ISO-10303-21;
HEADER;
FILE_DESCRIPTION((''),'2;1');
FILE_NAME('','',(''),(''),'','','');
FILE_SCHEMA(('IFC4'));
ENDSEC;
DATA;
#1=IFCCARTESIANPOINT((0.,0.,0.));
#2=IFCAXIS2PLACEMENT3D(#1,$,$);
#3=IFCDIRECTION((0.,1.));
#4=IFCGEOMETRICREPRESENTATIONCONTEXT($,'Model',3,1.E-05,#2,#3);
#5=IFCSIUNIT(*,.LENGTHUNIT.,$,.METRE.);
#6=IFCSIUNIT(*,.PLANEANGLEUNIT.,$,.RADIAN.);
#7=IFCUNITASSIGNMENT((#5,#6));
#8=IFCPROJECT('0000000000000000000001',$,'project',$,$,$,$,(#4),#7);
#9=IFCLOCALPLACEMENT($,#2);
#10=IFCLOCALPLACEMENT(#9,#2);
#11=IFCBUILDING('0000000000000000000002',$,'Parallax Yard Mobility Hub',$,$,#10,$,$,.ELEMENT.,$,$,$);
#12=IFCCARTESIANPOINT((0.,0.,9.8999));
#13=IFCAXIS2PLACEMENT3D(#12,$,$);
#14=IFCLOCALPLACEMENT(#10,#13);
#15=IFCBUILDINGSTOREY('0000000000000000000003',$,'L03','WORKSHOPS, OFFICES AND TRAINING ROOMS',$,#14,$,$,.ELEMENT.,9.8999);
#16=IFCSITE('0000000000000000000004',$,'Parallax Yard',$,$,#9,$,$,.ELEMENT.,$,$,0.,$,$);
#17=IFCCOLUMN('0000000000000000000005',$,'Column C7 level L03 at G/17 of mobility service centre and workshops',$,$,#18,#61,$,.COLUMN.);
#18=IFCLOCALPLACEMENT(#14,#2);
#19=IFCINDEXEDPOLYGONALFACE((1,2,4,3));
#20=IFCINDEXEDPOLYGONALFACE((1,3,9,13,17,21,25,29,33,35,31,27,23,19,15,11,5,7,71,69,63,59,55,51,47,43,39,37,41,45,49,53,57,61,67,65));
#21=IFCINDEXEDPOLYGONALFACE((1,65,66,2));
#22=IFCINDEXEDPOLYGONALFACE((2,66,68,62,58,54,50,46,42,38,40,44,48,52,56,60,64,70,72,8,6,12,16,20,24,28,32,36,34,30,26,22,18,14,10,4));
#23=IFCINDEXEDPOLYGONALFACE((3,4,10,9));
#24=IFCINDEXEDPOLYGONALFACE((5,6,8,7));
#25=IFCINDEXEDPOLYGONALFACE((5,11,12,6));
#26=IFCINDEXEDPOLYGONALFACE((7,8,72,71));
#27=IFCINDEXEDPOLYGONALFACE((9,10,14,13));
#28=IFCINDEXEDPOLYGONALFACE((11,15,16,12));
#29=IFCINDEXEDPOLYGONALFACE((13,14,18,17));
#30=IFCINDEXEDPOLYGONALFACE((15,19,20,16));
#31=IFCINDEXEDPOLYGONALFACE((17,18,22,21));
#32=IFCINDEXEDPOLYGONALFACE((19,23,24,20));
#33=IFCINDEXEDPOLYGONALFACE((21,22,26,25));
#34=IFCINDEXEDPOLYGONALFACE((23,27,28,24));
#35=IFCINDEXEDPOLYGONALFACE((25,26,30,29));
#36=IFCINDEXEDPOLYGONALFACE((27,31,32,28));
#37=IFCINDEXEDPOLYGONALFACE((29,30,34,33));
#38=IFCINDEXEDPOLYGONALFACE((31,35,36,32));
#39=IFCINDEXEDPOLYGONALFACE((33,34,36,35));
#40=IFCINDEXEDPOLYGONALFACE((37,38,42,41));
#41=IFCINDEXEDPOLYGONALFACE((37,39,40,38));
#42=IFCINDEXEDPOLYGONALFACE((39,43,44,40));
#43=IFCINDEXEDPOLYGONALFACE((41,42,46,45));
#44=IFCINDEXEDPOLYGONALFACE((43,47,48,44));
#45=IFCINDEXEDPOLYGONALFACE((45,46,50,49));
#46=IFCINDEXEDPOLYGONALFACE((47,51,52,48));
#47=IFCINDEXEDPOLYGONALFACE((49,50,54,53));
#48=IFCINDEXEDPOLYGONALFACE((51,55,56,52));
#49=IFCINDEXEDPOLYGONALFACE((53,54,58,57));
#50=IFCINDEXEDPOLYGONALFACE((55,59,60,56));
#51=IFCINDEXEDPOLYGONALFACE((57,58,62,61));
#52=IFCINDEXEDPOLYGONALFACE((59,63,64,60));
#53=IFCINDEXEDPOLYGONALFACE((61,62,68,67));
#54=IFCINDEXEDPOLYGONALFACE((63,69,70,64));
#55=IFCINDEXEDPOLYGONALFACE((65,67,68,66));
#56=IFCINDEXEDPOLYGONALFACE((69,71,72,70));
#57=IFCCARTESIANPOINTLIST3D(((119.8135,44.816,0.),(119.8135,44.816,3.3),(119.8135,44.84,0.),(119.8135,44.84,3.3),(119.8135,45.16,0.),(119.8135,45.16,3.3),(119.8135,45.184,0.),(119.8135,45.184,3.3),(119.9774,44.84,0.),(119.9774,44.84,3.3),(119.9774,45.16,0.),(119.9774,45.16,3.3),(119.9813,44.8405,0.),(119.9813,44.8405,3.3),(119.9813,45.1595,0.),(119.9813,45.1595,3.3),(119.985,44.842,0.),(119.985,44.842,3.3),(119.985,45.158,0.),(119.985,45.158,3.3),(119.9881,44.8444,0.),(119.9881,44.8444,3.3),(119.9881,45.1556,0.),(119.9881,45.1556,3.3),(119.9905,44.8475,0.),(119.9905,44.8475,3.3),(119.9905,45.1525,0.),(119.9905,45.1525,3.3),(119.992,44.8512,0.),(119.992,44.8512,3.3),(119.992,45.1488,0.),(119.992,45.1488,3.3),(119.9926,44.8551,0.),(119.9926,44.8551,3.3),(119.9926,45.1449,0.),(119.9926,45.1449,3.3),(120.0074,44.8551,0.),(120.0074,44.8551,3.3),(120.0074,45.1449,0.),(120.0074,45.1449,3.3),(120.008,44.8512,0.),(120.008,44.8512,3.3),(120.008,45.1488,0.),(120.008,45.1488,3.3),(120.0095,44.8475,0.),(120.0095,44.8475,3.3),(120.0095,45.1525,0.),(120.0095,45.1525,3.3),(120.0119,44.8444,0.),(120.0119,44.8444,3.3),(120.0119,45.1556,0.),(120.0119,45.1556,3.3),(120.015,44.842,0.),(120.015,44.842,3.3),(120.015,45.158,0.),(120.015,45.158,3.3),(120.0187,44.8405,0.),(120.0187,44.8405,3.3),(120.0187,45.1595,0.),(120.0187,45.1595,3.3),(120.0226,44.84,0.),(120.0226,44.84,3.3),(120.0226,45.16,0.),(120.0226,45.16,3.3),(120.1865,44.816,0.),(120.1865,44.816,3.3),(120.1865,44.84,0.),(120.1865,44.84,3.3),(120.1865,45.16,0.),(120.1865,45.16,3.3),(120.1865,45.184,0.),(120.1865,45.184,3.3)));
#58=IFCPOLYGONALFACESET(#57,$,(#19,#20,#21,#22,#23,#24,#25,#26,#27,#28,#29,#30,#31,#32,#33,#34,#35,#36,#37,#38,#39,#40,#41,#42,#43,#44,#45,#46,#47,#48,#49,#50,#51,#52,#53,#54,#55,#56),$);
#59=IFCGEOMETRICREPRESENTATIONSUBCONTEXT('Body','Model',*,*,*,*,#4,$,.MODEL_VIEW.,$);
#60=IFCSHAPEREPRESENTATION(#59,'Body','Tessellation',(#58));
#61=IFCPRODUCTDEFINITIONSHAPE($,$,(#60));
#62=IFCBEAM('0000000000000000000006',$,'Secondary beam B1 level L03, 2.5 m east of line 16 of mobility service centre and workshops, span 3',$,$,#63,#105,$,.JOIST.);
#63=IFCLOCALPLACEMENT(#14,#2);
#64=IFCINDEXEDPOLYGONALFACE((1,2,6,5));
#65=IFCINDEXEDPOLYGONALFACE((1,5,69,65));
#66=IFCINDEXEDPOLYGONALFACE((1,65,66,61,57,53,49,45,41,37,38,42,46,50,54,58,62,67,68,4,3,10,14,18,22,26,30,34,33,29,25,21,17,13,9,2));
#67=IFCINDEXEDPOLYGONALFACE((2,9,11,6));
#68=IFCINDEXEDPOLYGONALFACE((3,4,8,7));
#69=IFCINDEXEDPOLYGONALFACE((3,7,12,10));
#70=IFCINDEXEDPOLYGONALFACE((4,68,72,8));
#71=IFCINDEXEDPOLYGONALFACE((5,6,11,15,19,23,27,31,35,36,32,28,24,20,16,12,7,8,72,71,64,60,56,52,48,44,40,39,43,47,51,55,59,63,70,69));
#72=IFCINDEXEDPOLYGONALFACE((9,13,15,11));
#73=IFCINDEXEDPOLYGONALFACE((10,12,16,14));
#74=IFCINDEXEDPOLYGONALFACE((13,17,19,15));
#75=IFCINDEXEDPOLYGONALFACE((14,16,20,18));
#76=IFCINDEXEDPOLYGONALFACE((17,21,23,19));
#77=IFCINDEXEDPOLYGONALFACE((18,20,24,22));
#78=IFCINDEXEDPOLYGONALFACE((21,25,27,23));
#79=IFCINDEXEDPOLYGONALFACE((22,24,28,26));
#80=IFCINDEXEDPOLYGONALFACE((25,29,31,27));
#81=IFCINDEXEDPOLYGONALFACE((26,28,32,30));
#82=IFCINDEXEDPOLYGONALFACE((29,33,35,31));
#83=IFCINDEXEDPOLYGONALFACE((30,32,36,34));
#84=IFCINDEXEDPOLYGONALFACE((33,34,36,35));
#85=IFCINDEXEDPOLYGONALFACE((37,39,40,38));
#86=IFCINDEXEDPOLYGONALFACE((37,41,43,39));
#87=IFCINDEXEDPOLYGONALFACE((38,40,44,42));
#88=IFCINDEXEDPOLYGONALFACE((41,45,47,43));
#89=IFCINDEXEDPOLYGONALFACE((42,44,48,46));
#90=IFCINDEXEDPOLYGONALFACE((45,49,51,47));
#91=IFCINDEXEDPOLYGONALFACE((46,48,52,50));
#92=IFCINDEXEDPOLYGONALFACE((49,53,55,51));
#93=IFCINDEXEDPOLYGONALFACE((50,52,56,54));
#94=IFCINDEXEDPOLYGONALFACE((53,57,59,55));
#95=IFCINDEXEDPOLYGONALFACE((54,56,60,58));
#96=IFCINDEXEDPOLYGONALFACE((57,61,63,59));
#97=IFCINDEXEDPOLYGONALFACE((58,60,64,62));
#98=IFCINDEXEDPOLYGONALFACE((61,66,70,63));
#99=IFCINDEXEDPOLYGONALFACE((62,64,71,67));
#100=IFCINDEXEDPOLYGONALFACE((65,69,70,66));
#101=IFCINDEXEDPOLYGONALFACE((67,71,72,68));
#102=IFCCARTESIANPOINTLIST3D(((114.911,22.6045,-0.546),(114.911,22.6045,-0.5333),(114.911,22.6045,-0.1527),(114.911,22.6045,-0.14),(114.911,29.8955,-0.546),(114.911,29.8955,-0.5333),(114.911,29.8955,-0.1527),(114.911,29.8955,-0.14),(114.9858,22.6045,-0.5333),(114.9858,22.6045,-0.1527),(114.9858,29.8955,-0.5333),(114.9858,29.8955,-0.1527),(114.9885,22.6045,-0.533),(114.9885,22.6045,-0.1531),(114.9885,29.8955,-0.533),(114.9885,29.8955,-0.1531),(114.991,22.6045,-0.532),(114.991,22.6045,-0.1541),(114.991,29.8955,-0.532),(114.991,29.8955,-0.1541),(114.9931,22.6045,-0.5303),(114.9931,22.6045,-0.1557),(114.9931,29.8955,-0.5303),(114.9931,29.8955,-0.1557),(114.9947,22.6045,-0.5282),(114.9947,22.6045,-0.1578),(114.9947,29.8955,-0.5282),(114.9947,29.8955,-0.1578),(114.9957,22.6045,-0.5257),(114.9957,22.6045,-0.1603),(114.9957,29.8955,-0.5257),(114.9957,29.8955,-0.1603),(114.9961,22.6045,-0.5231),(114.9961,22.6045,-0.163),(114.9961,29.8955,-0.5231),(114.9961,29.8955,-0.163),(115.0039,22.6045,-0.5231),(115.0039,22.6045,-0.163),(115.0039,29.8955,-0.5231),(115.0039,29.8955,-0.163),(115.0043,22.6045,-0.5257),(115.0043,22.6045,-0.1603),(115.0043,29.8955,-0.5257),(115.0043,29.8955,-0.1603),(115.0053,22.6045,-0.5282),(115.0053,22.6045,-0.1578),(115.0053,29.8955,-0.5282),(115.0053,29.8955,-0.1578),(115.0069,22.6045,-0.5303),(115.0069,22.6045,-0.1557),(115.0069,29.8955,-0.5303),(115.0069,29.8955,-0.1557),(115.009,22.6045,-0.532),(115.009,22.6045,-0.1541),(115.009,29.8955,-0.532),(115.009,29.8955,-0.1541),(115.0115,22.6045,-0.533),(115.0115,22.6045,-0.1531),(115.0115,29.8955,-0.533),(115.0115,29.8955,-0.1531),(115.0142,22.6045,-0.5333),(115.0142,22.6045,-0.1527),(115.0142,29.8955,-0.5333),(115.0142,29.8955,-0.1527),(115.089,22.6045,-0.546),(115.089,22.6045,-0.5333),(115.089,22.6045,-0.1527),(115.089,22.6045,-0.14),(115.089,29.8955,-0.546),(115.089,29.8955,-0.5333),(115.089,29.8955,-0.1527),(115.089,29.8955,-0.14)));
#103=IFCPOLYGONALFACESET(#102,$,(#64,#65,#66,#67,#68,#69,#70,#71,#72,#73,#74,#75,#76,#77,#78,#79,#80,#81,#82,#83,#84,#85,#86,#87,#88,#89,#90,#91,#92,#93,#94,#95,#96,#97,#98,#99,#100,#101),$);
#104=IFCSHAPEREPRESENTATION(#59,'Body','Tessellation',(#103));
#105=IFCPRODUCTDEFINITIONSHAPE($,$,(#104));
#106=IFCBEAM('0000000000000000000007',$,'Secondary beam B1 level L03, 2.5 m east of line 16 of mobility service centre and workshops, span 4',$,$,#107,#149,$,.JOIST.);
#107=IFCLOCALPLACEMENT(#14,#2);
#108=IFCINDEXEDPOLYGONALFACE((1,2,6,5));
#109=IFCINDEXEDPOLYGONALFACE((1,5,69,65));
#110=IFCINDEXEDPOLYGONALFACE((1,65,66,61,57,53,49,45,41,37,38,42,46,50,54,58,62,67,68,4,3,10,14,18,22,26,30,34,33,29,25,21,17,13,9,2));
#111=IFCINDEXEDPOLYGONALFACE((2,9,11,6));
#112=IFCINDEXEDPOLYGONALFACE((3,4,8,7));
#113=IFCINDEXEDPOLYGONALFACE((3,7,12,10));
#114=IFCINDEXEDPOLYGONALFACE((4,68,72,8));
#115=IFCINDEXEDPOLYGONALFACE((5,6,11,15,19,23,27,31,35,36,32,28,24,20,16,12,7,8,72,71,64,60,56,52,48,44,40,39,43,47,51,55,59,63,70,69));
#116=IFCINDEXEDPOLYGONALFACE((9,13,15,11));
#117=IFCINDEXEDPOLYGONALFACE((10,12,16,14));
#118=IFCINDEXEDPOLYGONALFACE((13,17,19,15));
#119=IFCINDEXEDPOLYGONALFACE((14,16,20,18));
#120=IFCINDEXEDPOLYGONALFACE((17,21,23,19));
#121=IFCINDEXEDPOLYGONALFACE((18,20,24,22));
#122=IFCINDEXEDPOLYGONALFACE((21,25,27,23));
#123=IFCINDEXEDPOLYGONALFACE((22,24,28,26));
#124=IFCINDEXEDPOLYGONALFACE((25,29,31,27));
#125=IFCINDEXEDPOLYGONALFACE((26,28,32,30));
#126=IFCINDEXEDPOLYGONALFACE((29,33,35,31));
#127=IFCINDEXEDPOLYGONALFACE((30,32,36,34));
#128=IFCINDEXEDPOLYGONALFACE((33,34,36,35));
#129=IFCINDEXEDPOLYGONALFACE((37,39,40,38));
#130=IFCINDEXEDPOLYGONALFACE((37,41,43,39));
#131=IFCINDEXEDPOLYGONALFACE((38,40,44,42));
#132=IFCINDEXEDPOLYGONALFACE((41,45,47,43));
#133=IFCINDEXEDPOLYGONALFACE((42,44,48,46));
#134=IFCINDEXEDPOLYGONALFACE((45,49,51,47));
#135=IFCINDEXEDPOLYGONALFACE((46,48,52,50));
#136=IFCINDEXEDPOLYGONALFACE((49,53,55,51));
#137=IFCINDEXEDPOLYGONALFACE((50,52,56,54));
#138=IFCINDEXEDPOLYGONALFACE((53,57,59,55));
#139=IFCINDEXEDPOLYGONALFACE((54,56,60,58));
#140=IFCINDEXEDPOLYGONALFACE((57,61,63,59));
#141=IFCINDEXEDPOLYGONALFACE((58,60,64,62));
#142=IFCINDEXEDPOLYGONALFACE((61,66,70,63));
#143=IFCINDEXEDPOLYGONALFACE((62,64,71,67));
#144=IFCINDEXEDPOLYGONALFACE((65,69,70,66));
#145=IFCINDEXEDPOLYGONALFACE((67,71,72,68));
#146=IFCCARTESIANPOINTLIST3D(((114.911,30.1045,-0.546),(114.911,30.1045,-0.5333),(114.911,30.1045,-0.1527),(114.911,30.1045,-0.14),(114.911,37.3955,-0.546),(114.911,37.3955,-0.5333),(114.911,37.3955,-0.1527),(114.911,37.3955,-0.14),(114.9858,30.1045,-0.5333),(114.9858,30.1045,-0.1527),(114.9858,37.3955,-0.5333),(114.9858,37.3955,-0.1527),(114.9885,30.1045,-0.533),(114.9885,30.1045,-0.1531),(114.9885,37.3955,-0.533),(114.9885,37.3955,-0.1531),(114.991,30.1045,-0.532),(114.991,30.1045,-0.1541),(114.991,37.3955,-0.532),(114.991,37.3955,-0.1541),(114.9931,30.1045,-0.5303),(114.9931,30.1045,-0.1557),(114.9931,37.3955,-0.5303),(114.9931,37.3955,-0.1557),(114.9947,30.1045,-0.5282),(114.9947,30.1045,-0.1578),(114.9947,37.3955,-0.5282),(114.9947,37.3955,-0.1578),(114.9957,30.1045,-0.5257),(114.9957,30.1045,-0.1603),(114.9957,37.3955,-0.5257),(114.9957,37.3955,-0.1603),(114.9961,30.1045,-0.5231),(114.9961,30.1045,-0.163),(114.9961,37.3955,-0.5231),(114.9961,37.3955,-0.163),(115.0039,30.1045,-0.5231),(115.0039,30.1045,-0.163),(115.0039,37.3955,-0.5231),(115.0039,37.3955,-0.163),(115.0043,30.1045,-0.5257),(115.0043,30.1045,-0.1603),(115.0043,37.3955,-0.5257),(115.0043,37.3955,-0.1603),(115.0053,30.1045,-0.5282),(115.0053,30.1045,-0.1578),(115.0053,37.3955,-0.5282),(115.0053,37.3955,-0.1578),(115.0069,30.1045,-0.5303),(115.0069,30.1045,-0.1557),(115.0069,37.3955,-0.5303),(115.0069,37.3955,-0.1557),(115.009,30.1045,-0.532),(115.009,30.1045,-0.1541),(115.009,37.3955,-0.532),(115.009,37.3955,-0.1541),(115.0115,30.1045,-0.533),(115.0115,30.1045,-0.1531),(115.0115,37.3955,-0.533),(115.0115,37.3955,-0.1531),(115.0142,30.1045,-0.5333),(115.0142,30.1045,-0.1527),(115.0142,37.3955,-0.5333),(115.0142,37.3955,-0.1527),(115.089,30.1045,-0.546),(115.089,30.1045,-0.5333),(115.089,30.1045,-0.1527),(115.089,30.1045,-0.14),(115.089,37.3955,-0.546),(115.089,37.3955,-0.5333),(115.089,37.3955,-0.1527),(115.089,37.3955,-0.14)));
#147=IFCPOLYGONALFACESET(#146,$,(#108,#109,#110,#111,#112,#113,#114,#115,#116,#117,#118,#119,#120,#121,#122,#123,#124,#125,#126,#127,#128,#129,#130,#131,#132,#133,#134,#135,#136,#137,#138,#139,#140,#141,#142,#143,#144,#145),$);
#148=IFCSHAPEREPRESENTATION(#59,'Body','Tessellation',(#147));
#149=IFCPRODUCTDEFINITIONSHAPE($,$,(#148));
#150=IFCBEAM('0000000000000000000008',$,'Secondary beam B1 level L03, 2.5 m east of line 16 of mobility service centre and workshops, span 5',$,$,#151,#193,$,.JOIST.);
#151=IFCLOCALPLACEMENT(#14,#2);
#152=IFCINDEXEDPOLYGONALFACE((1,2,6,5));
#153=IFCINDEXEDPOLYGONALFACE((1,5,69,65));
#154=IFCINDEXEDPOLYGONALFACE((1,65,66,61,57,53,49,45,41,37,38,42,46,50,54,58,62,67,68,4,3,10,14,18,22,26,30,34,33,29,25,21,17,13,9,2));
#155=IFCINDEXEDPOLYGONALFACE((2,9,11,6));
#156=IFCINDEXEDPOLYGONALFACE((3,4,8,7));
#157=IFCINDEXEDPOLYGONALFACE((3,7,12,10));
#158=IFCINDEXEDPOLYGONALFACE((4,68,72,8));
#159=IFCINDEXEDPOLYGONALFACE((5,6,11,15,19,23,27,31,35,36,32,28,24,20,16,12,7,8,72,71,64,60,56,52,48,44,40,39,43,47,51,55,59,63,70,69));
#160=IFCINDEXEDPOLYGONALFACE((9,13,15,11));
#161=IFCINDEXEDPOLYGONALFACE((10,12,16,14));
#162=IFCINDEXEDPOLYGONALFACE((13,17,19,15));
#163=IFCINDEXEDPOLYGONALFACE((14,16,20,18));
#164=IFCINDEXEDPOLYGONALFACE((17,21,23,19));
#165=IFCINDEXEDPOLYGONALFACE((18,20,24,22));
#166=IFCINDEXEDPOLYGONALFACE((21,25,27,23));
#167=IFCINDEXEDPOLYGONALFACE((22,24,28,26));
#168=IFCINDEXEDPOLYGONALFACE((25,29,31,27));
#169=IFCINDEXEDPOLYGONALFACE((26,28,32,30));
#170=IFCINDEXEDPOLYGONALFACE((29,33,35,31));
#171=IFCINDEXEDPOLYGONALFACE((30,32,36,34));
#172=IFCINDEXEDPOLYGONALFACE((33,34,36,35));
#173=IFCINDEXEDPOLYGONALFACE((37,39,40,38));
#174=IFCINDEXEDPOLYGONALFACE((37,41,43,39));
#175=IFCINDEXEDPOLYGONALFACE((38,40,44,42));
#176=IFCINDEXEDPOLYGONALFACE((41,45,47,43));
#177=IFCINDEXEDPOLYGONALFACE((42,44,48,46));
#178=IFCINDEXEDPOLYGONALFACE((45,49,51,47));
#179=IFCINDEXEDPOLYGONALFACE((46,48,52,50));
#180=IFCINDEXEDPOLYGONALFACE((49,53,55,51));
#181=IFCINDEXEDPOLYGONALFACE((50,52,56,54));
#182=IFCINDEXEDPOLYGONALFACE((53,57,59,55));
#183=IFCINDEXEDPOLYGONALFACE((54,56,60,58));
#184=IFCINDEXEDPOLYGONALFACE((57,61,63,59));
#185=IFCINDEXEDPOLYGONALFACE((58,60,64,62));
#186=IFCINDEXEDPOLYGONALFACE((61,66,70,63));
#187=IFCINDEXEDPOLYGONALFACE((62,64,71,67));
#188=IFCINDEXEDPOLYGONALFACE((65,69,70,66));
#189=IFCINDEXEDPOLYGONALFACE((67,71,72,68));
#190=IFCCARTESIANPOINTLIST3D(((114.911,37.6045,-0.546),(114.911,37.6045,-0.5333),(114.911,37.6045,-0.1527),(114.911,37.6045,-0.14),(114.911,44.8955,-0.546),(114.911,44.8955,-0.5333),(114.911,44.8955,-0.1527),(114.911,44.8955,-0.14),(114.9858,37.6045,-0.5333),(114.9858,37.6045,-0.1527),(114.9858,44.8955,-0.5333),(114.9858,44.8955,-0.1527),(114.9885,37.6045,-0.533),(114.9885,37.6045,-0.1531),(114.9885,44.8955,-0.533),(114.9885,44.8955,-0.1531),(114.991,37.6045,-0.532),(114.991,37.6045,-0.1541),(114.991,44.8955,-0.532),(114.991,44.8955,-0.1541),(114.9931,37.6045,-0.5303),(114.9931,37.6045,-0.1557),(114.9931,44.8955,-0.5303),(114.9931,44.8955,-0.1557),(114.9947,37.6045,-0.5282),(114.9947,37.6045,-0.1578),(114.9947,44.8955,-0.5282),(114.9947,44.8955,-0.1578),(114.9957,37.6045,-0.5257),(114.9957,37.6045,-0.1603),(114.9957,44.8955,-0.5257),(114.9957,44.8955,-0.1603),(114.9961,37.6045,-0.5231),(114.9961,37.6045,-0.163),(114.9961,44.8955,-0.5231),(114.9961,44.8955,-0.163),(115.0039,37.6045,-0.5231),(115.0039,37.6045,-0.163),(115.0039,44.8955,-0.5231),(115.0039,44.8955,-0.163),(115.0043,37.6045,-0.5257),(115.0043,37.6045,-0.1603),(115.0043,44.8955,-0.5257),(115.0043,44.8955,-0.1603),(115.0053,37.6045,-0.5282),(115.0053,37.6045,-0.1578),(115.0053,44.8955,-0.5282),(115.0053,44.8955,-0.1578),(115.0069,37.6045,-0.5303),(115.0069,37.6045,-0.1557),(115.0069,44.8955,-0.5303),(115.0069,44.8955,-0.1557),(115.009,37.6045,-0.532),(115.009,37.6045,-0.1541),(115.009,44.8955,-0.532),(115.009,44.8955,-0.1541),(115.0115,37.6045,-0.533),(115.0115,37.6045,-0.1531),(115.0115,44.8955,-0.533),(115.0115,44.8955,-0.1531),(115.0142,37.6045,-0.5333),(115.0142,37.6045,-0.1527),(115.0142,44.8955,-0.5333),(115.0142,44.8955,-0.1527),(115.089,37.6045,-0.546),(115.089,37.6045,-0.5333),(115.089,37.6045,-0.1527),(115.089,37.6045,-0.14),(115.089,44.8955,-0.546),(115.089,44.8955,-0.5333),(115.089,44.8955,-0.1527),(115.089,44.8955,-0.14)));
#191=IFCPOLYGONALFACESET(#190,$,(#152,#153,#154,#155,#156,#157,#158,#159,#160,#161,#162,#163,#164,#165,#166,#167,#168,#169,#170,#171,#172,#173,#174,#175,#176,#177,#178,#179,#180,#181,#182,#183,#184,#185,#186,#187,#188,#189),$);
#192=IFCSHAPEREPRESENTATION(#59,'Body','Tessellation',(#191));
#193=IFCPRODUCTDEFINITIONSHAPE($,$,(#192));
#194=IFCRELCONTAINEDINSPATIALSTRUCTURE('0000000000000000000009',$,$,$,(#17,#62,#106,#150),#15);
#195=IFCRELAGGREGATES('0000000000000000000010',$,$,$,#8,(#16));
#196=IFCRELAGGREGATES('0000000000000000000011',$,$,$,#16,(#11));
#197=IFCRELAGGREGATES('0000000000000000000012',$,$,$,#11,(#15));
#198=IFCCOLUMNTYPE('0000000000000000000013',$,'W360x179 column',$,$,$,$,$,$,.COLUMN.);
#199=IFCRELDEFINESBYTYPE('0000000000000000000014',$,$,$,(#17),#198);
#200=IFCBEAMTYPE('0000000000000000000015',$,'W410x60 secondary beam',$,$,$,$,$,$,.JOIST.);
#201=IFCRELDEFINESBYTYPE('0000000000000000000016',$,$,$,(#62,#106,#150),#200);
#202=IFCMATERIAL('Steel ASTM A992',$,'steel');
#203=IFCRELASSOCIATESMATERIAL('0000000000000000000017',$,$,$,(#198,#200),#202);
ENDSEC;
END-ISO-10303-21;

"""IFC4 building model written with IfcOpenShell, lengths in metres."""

from ifc_helpers import new_model, si_unit, direction, frame, origin, origin_2d, place, context, subcontext, project, spatial, i_section, extrude, material, material_profile, profile_set, type_object, element, save


model = new_model("IFC4")

# Units and contexts
model_context = context("Model", 3, precision=1e-05, world=origin(), true_north=direction((0.0, 1.0)))
body_context = subcontext(model_context, "Body", "Model", "MODEL_VIEW")
ifc_project = project(units=[si_unit("LENGTHUNIT", "METRE"), si_unit("PLANEANGLEUNIT", "RADIAN")], contexts=[model_context])

# Site, building, storey
site_placement = place(None, origin())
site = spatial("IfcSite", under=ifc_project, at=site_placement, Name="Parallax Yard", CompositionType="ELEMENT", RefElevation=0.0)
building_placement = place(site_placement, origin())
building = spatial("IfcBuilding", under=site, at=building_placement, Name="Parallax Yard Mobility Hub", CompositionType="ELEMENT")
storey_placement = place(building_placement, frame((0.0, 0.0, 9.8999)))
storey = spatial("IfcBuildingStorey", under=building, at=storey_placement, Name="L03", Description="WORKSHOPS, OFFICES AND TRAINING ROOMS", CompositionType="ELEMENT", Elevation=9.8999)

# Column
ifc_material_1 = material(Name="Steel ASTM A992", Category="steel")
ifc_material_profile_1 = material_profile(ifc_material_1, i_section(OverallWidth=0.373, OverallDepth=0.3679, WebThickness=0.0149, FlangeThickness=0.0239, FilletRadius=0.0151, at=origin_2d()), Name="W360x179")
ifc_profile_set_1 = profile_set([ifc_material_profile_1], Name="Steel ASTM A992")
column_type_1 = type_object("IfcColumnType", Name="W360x179 column", PredefinedType="COLUMN", material=ifc_profile_set_1)
column_1_placement = place(storey_placement, frame((120.0, 45.0, 0.0), z_axis=(0.0, 0.0, 1.0), x_axis=(1.0, 0.0, 0.0)))
element("IfcColumn", 1, at=column_1_placement, inside=storey, type_object=column_type_1, Name="Column C7 level L03 at G/17 of mobility service centre and workshops", PredefinedType="COLUMN", context=body_context, shape_type="SweptSolid", body=[
    extrude(i_section(OverallWidth=0.373, OverallDepth=0.3679, WebThickness=0.0149, FlangeThickness=0.0239, FilletRadius=0.0151, at=origin_2d()), origin(), (0.0, 0.0, 1.0), 3.3),
])

# Beams
ifc_material_profile_2 = material_profile(ifc_material_1, i_section(OverallWidth=0.178, OverallDepth=0.406, WebThickness=0.0078, FlangeThickness=0.0127, FilletRadius=0.0103, at=origin_2d()), Name="W410x60")
ifc_profile_set_2 = profile_set([ifc_material_profile_2], Name="Steel ASTM A992")
beam_type_1 = type_object("IfcBeamType", Name="W410x60 secondary beam", PredefinedType="JOIST", material=ifc_profile_set_2)
for number, where, z_axis, x_axis, name in (
    (2, (115.0, 22.6045, -0.343), (0.0, 1.0, 0.0), (-1.0, 0.0, 0.0), "Secondary beam B1 level L03, 2.5 m east of line 16 of mobility service centre and workshops, span 3"),
    (3, (115.0, 30.1045, -0.343), (0.0, 1.0, 0.0), (-1.0, 0.0, 0.0), "Secondary beam B1 level L03, 2.5 m east of line 16 of mobility service centre and workshops, span 4"),
    (4, (115.0, 37.6045, -0.343), (0.0, 1.0, 0.0), (-1.0, 0.0, 0.0), "Secondary beam B1 level L03, 2.5 m east of line 16 of mobility service centre and workshops, span 5"),
):
    element("IfcBeam", number, at=place(storey_placement, frame(where, z_axis=z_axis, x_axis=x_axis)), inside=storey, type_object=beam_type_1, Name=name, PredefinedType="JOIST", context=body_context, shape_type="SweptSolid", body=[
        extrude(i_section(OverallWidth=0.178, OverallDepth=0.406, WebThickness=0.0078, FlangeThickness=0.0127, FilletRadius=0.0103, at=origin_2d()), origin(), (0.0, 0.0, 1.0), 7.291),
    ])

save(model, "model.ifc")
